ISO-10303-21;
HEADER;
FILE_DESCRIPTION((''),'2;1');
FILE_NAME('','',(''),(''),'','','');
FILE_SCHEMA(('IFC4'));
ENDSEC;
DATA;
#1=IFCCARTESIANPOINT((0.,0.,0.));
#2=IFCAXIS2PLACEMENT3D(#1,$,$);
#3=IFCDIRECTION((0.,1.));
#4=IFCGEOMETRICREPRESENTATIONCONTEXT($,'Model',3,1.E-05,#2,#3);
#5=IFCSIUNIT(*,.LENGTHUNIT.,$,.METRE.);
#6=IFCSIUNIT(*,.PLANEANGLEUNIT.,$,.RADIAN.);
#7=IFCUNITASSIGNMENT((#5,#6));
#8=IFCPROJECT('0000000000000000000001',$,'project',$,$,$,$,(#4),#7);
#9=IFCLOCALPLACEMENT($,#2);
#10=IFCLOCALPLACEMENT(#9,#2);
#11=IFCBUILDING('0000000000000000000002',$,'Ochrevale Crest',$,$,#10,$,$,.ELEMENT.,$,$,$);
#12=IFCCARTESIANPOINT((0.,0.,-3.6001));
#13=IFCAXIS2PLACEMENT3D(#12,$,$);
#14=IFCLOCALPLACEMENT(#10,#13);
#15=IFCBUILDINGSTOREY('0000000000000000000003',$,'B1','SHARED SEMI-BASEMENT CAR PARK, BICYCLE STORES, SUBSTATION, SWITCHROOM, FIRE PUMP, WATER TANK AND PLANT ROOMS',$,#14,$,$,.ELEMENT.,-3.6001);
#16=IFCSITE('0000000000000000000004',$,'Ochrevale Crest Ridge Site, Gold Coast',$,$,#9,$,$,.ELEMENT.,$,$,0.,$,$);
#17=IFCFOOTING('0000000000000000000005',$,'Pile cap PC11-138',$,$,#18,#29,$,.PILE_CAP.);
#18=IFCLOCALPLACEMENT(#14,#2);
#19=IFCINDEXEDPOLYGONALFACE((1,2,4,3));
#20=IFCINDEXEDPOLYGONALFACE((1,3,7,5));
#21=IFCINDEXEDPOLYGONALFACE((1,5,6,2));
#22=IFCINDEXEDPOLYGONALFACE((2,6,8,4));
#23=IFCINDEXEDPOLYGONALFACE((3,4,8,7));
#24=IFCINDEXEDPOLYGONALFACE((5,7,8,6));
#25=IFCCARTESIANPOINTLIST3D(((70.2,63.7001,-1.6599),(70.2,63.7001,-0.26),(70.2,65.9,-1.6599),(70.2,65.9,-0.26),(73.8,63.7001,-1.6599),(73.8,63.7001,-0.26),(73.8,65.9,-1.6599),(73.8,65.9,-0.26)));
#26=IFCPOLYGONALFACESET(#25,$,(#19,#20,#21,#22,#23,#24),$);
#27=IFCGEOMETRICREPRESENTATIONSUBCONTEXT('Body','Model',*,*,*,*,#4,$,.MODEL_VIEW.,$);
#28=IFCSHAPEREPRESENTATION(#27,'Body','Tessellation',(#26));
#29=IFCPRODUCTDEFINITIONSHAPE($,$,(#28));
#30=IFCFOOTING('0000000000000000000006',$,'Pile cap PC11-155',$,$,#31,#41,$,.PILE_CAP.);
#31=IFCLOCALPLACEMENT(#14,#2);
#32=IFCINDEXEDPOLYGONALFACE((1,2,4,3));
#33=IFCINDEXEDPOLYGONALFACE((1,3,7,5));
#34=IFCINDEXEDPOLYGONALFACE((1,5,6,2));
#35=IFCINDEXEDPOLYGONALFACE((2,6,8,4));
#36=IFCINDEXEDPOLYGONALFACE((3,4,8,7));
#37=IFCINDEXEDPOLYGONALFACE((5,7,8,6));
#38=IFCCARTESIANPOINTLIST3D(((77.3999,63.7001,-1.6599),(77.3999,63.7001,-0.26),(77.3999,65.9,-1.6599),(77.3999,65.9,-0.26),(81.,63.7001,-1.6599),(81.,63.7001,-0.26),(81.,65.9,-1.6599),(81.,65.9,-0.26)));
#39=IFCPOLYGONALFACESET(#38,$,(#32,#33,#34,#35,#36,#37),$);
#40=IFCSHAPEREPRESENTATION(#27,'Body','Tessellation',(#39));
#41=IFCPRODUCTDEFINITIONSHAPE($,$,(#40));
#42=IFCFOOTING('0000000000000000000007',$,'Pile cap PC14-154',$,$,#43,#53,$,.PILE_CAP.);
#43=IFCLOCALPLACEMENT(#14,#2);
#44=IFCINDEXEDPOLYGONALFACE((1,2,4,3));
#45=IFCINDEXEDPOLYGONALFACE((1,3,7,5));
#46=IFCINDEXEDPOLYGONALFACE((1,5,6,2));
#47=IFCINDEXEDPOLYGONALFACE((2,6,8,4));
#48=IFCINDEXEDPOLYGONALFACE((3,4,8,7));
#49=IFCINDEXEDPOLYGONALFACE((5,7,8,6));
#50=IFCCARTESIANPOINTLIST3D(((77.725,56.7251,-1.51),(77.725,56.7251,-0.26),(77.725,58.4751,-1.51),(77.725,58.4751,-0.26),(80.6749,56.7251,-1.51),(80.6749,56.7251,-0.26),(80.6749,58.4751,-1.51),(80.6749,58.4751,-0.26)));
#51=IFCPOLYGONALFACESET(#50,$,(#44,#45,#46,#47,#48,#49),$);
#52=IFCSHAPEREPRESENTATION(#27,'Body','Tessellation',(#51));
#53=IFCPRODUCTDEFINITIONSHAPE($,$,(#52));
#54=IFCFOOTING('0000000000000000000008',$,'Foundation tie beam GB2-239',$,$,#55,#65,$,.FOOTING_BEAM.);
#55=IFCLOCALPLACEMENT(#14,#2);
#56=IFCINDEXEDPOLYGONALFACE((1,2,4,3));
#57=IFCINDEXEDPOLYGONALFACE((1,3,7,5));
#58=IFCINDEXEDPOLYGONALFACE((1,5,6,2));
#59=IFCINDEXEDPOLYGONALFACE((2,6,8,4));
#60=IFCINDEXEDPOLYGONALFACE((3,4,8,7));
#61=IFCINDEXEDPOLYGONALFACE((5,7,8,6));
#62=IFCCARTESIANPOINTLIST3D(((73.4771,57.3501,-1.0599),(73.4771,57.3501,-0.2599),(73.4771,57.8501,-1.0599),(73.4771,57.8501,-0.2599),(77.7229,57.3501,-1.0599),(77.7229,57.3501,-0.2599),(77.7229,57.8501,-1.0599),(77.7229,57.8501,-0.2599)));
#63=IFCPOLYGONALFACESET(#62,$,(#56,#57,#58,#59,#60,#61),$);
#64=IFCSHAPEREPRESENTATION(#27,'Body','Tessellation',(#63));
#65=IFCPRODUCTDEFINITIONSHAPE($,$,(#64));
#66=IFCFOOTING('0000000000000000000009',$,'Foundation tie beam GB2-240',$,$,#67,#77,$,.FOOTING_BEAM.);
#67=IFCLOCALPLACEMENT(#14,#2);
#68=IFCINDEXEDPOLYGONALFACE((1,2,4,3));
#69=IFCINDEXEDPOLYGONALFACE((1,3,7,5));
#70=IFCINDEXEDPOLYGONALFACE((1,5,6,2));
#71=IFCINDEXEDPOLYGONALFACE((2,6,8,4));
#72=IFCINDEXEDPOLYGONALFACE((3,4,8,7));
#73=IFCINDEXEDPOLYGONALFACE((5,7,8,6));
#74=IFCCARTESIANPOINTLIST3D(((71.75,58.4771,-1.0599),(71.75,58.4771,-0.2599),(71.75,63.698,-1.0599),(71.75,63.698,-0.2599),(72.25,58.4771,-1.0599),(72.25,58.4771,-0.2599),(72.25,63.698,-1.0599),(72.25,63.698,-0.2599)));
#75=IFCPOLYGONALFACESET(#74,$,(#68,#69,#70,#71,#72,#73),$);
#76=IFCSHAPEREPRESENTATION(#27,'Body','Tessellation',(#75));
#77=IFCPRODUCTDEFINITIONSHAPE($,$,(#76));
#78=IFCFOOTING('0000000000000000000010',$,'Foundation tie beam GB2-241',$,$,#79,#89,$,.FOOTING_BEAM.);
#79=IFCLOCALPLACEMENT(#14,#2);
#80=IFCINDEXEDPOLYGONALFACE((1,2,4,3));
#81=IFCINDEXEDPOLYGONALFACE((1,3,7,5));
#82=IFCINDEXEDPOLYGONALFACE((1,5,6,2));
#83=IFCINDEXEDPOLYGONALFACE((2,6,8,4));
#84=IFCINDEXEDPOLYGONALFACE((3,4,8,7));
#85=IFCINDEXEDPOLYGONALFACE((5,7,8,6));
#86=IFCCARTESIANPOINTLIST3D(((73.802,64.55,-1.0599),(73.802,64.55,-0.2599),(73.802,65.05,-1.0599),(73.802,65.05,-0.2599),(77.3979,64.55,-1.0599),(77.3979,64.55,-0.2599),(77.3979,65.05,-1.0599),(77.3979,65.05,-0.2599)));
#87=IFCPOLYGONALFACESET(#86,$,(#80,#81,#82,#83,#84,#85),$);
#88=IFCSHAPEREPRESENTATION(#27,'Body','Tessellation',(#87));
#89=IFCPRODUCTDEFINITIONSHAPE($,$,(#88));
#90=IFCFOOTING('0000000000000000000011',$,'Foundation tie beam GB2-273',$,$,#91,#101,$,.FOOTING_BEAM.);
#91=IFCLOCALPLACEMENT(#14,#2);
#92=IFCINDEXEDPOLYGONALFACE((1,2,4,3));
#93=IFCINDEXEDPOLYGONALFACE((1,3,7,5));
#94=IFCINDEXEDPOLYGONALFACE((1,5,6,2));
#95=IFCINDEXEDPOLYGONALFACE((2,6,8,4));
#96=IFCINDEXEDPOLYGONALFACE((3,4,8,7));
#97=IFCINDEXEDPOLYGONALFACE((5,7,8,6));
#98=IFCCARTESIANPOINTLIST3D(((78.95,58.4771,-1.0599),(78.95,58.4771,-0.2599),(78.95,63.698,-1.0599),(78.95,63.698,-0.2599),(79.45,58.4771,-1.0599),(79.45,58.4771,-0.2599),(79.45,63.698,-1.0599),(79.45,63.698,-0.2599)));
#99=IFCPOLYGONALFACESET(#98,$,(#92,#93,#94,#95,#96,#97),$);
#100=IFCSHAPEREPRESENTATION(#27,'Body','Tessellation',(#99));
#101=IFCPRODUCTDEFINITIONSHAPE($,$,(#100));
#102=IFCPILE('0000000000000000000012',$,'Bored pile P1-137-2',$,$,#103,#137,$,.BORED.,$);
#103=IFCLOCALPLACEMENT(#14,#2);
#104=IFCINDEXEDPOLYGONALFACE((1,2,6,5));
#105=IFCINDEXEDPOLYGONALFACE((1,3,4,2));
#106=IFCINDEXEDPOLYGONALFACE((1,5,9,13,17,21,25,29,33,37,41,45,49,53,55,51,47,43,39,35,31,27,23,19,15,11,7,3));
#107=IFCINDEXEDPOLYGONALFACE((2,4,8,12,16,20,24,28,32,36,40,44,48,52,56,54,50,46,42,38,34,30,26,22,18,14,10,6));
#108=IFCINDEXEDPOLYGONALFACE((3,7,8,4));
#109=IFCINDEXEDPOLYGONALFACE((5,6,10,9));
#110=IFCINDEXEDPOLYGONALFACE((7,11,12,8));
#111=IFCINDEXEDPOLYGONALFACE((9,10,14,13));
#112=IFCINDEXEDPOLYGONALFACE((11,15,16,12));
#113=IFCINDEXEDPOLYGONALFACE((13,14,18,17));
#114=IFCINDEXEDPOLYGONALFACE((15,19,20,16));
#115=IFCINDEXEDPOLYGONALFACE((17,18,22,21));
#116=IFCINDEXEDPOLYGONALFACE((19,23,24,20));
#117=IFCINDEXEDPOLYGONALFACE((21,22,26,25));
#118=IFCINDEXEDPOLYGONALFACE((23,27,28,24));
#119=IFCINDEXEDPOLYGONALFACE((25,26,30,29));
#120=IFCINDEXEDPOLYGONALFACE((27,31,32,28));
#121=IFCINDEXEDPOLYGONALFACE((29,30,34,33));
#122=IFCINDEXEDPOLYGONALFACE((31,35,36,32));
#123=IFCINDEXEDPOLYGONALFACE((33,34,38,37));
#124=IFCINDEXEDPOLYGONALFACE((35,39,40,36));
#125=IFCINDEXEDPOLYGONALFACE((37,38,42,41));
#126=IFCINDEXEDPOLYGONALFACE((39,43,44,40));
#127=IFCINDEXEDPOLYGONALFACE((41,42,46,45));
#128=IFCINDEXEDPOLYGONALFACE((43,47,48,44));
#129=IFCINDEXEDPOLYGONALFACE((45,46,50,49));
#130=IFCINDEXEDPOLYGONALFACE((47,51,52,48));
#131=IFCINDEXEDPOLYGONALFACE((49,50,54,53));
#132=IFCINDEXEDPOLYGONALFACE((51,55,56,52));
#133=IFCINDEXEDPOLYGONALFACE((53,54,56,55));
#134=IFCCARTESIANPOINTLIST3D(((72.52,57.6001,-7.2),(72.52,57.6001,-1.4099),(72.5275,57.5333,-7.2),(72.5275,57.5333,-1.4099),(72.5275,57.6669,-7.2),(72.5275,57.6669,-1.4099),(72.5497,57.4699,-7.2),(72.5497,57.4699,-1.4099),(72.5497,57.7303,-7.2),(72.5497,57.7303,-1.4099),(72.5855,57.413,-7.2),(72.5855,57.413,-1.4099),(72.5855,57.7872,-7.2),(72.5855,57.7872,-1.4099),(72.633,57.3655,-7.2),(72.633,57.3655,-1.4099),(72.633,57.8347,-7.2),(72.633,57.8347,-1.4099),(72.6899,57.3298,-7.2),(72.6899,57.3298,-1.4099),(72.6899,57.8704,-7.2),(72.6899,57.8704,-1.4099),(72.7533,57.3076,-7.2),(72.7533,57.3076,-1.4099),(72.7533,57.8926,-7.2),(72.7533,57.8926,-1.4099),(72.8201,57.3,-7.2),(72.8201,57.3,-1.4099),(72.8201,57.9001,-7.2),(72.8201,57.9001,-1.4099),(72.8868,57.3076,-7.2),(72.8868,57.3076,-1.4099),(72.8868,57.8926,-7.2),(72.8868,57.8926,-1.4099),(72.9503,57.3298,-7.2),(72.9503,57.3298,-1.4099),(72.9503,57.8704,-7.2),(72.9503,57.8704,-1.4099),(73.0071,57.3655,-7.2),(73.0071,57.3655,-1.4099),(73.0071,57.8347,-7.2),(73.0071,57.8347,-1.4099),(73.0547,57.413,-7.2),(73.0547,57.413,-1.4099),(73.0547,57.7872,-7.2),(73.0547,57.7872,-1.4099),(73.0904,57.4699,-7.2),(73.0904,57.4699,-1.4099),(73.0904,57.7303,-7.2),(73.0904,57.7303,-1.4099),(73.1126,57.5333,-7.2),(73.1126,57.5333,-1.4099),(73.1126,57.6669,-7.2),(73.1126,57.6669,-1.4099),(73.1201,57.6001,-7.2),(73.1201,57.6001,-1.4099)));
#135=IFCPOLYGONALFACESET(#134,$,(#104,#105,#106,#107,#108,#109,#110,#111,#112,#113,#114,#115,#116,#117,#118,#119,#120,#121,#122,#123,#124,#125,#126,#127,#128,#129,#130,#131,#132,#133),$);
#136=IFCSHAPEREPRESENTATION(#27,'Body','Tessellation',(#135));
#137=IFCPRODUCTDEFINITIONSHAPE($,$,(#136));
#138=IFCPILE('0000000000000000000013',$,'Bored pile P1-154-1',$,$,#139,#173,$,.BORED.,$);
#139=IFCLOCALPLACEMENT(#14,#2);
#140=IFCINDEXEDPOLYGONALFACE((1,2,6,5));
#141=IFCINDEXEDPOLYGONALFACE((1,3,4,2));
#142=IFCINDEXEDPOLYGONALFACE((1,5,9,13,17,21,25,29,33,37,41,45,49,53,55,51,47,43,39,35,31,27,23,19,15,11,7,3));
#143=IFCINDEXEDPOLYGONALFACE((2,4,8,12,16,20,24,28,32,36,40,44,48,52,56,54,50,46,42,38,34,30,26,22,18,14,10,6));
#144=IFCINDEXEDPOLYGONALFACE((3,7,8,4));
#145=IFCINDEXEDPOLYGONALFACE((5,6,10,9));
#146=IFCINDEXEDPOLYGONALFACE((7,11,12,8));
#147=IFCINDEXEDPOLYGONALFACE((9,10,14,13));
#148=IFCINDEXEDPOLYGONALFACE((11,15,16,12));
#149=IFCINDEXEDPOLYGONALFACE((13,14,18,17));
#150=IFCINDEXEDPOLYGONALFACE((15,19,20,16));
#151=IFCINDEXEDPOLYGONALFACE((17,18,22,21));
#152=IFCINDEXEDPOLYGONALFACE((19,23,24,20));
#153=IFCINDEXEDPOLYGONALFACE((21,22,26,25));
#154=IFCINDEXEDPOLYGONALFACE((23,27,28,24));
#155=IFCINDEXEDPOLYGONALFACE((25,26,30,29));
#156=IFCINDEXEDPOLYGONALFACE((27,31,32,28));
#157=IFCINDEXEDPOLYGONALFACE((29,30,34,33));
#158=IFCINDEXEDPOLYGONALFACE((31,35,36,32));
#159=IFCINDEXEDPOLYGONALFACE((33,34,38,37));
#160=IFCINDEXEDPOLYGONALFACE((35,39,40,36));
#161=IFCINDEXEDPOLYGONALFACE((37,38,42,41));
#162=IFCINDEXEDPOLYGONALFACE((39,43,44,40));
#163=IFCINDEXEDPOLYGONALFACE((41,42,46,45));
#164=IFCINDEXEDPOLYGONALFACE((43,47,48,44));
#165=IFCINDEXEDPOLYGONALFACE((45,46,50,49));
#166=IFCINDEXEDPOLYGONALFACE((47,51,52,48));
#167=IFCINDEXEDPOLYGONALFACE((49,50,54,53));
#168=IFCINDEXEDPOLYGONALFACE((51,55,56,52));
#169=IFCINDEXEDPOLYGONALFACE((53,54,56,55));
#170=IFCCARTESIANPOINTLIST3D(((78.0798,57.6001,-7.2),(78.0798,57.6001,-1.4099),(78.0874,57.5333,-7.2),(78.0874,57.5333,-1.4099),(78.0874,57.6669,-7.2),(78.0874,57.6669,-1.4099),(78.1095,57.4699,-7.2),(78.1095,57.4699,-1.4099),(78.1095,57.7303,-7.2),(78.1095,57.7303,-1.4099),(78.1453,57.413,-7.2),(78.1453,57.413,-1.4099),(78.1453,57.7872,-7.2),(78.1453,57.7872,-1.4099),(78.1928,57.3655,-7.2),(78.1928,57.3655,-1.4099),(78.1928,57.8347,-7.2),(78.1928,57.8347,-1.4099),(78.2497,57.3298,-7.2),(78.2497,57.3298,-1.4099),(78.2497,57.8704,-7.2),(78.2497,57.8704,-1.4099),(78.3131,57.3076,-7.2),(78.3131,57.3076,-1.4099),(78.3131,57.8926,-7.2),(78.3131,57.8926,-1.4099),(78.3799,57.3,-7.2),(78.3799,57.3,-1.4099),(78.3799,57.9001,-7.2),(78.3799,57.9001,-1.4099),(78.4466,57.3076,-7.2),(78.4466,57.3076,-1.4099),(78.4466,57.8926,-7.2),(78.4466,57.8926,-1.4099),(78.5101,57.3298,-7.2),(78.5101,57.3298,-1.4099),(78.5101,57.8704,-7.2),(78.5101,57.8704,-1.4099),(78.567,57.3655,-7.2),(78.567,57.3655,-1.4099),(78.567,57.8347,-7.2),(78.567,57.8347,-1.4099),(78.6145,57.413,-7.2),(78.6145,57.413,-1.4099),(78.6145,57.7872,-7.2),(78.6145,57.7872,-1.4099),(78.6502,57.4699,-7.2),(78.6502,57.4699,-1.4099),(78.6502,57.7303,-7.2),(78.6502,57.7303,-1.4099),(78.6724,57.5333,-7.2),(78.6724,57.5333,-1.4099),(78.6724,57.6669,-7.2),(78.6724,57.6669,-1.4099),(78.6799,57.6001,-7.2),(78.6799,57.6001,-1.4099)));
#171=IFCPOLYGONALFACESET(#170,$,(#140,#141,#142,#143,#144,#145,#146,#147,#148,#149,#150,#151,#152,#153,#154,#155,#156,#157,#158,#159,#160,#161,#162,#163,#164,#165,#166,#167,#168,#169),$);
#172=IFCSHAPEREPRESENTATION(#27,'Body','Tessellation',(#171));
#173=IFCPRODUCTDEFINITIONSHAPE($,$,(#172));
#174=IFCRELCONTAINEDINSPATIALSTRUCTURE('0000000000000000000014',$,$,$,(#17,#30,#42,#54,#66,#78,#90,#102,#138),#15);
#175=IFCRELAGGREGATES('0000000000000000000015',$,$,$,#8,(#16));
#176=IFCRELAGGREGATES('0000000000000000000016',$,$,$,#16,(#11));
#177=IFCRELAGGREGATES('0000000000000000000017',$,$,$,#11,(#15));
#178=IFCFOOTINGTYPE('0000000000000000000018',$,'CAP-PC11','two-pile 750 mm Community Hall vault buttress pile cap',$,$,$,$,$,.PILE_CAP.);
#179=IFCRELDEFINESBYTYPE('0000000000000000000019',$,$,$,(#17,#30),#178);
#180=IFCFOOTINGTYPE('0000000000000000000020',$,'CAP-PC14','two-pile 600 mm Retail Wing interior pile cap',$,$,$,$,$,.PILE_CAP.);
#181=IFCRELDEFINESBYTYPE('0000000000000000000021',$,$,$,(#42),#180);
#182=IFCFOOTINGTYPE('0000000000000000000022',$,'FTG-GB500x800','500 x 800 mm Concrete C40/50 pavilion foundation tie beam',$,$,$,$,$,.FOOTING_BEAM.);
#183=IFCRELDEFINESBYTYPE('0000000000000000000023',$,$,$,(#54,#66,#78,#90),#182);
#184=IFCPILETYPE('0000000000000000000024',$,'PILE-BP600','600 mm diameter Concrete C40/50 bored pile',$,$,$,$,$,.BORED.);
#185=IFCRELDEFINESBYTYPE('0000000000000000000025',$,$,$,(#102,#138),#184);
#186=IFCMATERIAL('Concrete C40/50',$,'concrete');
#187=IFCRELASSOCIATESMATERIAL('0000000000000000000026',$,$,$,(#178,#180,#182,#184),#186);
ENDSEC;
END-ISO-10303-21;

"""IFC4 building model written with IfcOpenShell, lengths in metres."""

from ifc_helpers import new_model, si_unit, direction, frame, origin, origin_2d, place, context, subcontext, project, spatial, rectangle, circle, extrude, material, material_profile, profile_set, type_object, element, save


model = new_model("IFC4")

# Units and contexts
model_context = context("Model", 3, precision=1e-05, world=origin(), true_north=direction((0.0, 1.0)))
body_context = subcontext(model_context, "Body", "Model", "MODEL_VIEW")
ifc_project = project(units=[si_unit("LENGTHUNIT", "METRE"), si_unit("PLANEANGLEUNIT", "RADIAN")], contexts=[model_context])

# Site, building, storey
site_placement = place(None, origin())
site = spatial("IfcSite", under=ifc_project, at=site_placement, Name="Ochrevale Crest Ridge Site, Gold Coast", CompositionType="ELEMENT", RefElevation=0.0)
building_placement = place(site_placement, origin())
building = spatial("IfcBuilding", under=site, at=building_placement, Name="Ochrevale Crest", CompositionType="ELEMENT")
storey_placement = place(building_placement, frame((0.0, 0.0, -3.6001)))
storey = spatial("IfcBuildingStorey", under=building, at=storey_placement, Name="B1", Description="SHARED SEMI-BASEMENT CAR PARK, BICYCLE STORES, SUBSTATION, SWITCHROOM, FIRE PUMP, WATER TANK AND PLANT ROOMS", CompositionType="ELEMENT", Elevation=-3.6001)

# Footings
ifc_material_1 = material(Name="Concrete C40/50", Category="concrete")
footing_type_1 = type_object("IfcFootingType", Name="CAP-PC11", Description="two-pile 750 mm Community Hall vault buttress pile cap", PredefinedType="PILE_CAP", material=ifc_material_1)
for number, where, z_axis, x_axis, name in (
    (1, (72.0, 64.8, -1.6599), (0.0, 0.0, 1.0), (1.0, 0.0, 0.0), "Pile cap PC11-138"),
    (2, (79.2, 64.8, -1.6599), (0.0, 0.0, 1.0), (1.0, 0.0, 0.0), "Pile cap PC11-155"),
):
    element("IfcFooting", number, at=place(storey_placement, frame(where, z_axis=z_axis, x_axis=x_axis)), inside=storey, type_object=footing_type_1, Name=name, PredefinedType="PILE_CAP", context=body_context, shape_type="SweptSolid", body=[
        extrude(rectangle(XDim=3.6001, YDim=2.2, at=origin_2d()), origin(), (0.0, 0.0, 1.0), 1.3999),
    ])
footing_type_2 = type_object("IfcFootingType", Name="CAP-PC14", Description="two-pile 600 mm Retail Wing interior pile cap", PredefinedType="PILE_CAP", material=ifc_material_1)
footing_1_placement = place(storey_placement, frame((79.2, 57.6001, -1.51), z_axis=(0.0, 0.0, 1.0), x_axis=(1.0, 0.0, 0.0)))
element("IfcFooting", 3, at=footing_1_placement, inside=storey, type_object=footing_type_2, Name="Pile cap PC14-154", PredefinedType="PILE_CAP", context=body_context, shape_type="SweptSolid", body=[
    extrude(rectangle(XDim=2.95, YDim=1.75, at=origin_2d()), origin(), (0.0, 0.0, 1.0), 1.25),
])
ifc_material_profile_1 = material_profile(ifc_material_1, rectangle(XDim=0.5, YDim=0.8, at=origin_2d()), Name="GB 500x800")
ifc_profile_set_1 = profile_set([ifc_material_profile_1], Name="Concrete C40/50")
footing_type_3 = type_object("IfcFootingType", Name="FTG-GB500x800", Description="500 x 800 mm Concrete C40/50 pavilion foundation tie beam", PredefinedType="FOOTING_BEAM", material=ifc_profile_set_1)
footing_2_placement = place(storey_placement, frame((73.4771, 57.6001, -0.6599), z_axis=(1.0, 0.0, 0.0), x_axis=(0.0, 1.0, 0.0)))
element("IfcFooting", 4, at=footing_2_placement, inside=storey, type_object=footing_type_3, Name="Foundation tie beam GB2-239", PredefinedType="FOOTING_BEAM", context=body_context, shape_type="SweptSolid", body=[
    extrude(rectangle(XDim=0.5, YDim=0.8, at=origin_2d()), origin(), (0.0, 0.0, 1.0), 4.2458),
])
footing_3_placement = place(storey_placement, frame((72.0, 58.4771, -0.6599), z_axis=(0.0, 1.0, 0.0), x_axis=(-1.0, 0.0, 0.0)))
element("IfcFooting", 5, at=footing_3_placement, inside=storey, type_object=footing_type_3, Name="Foundation tie beam GB2-240", PredefinedType="FOOTING_BEAM", context=body_context, shape_type="SweptSolid", body=[
    extrude(rectangle(XDim=0.5, YDim=0.8, at=origin_2d()), origin(), (0.0, 0.0, 1.0), 5.2209),
])
footing_4_placement = place(storey_placement, frame((73.802, 64.8, -0.6599), z_axis=(1.0, 0.0, 0.0), x_axis=(0.0, 1.0, 0.0)))
element("IfcFooting", 6, at=footing_4_placement, inside=storey, type_object=footing_type_3, Name="Foundation tie beam GB2-241", PredefinedType="FOOTING_BEAM", context=body_context, shape_type="SweptSolid", body=[
    extrude(rectangle(XDim=0.5, YDim=0.8, at=origin_2d()), origin(), (0.0, 0.0, 1.0), 3.5959),
])
footing_5_placement = place(storey_placement, frame((79.2, 58.4771, -0.6599), z_axis=(0.0, 1.0, 0.0), x_axis=(-1.0, 0.0, 0.0)))
element("IfcFooting", 7, at=footing_5_placement, inside=storey, type_object=footing_type_3, Name="Foundation tie beam GB2-273", PredefinedType="FOOTING_BEAM", context=body_context, shape_type="SweptSolid", body=[
    extrude(rectangle(XDim=0.5, YDim=0.8, at=origin_2d()), origin(), (0.0, 0.0, 1.0), 5.2209),
])

# Piles
ifc_material_profile_2 = material_profile(ifc_material_1, circle(Radius=0.3, at=origin_2d()), Name="BORED PILE 600")
ifc_profile_set_2 = profile_set([ifc_material_profile_2], Name="Concrete C40/50")
pile_type_1 = type_object("IfcPileType", Name="PILE-BP600", Description="600 mm diameter Concrete C40/50 bored pile", PredefinedType="BORED", material=ifc_profile_set_2)
for number, where, z_axis, x_axis, name in (
    (8, (72.8201, 57.6001, -1.4099), (0.0, 0.0, -1.0), (1.0, 0.0, 0.0), "Bored pile P1-137-2"),
    (9, (78.3799, 57.6001, -1.4099), (0.0, 0.0, -1.0), (1.0, 0.0, 0.0), "Bored pile P1-154-1"),
):
    element("IfcPile", number, at=place(storey_placement, frame(where, z_axis=z_axis, x_axis=x_axis)), inside=storey, type_object=pile_type_1, Name=name, PredefinedType="BORED", context=body_context, shape_type="SweptSolid", body=[
        extrude(circle(Radius=0.3, at=origin_2d()), origin(), (0.0, 0.0, 1.0), 5.79),
    ])

save(model, "model.ifc")
